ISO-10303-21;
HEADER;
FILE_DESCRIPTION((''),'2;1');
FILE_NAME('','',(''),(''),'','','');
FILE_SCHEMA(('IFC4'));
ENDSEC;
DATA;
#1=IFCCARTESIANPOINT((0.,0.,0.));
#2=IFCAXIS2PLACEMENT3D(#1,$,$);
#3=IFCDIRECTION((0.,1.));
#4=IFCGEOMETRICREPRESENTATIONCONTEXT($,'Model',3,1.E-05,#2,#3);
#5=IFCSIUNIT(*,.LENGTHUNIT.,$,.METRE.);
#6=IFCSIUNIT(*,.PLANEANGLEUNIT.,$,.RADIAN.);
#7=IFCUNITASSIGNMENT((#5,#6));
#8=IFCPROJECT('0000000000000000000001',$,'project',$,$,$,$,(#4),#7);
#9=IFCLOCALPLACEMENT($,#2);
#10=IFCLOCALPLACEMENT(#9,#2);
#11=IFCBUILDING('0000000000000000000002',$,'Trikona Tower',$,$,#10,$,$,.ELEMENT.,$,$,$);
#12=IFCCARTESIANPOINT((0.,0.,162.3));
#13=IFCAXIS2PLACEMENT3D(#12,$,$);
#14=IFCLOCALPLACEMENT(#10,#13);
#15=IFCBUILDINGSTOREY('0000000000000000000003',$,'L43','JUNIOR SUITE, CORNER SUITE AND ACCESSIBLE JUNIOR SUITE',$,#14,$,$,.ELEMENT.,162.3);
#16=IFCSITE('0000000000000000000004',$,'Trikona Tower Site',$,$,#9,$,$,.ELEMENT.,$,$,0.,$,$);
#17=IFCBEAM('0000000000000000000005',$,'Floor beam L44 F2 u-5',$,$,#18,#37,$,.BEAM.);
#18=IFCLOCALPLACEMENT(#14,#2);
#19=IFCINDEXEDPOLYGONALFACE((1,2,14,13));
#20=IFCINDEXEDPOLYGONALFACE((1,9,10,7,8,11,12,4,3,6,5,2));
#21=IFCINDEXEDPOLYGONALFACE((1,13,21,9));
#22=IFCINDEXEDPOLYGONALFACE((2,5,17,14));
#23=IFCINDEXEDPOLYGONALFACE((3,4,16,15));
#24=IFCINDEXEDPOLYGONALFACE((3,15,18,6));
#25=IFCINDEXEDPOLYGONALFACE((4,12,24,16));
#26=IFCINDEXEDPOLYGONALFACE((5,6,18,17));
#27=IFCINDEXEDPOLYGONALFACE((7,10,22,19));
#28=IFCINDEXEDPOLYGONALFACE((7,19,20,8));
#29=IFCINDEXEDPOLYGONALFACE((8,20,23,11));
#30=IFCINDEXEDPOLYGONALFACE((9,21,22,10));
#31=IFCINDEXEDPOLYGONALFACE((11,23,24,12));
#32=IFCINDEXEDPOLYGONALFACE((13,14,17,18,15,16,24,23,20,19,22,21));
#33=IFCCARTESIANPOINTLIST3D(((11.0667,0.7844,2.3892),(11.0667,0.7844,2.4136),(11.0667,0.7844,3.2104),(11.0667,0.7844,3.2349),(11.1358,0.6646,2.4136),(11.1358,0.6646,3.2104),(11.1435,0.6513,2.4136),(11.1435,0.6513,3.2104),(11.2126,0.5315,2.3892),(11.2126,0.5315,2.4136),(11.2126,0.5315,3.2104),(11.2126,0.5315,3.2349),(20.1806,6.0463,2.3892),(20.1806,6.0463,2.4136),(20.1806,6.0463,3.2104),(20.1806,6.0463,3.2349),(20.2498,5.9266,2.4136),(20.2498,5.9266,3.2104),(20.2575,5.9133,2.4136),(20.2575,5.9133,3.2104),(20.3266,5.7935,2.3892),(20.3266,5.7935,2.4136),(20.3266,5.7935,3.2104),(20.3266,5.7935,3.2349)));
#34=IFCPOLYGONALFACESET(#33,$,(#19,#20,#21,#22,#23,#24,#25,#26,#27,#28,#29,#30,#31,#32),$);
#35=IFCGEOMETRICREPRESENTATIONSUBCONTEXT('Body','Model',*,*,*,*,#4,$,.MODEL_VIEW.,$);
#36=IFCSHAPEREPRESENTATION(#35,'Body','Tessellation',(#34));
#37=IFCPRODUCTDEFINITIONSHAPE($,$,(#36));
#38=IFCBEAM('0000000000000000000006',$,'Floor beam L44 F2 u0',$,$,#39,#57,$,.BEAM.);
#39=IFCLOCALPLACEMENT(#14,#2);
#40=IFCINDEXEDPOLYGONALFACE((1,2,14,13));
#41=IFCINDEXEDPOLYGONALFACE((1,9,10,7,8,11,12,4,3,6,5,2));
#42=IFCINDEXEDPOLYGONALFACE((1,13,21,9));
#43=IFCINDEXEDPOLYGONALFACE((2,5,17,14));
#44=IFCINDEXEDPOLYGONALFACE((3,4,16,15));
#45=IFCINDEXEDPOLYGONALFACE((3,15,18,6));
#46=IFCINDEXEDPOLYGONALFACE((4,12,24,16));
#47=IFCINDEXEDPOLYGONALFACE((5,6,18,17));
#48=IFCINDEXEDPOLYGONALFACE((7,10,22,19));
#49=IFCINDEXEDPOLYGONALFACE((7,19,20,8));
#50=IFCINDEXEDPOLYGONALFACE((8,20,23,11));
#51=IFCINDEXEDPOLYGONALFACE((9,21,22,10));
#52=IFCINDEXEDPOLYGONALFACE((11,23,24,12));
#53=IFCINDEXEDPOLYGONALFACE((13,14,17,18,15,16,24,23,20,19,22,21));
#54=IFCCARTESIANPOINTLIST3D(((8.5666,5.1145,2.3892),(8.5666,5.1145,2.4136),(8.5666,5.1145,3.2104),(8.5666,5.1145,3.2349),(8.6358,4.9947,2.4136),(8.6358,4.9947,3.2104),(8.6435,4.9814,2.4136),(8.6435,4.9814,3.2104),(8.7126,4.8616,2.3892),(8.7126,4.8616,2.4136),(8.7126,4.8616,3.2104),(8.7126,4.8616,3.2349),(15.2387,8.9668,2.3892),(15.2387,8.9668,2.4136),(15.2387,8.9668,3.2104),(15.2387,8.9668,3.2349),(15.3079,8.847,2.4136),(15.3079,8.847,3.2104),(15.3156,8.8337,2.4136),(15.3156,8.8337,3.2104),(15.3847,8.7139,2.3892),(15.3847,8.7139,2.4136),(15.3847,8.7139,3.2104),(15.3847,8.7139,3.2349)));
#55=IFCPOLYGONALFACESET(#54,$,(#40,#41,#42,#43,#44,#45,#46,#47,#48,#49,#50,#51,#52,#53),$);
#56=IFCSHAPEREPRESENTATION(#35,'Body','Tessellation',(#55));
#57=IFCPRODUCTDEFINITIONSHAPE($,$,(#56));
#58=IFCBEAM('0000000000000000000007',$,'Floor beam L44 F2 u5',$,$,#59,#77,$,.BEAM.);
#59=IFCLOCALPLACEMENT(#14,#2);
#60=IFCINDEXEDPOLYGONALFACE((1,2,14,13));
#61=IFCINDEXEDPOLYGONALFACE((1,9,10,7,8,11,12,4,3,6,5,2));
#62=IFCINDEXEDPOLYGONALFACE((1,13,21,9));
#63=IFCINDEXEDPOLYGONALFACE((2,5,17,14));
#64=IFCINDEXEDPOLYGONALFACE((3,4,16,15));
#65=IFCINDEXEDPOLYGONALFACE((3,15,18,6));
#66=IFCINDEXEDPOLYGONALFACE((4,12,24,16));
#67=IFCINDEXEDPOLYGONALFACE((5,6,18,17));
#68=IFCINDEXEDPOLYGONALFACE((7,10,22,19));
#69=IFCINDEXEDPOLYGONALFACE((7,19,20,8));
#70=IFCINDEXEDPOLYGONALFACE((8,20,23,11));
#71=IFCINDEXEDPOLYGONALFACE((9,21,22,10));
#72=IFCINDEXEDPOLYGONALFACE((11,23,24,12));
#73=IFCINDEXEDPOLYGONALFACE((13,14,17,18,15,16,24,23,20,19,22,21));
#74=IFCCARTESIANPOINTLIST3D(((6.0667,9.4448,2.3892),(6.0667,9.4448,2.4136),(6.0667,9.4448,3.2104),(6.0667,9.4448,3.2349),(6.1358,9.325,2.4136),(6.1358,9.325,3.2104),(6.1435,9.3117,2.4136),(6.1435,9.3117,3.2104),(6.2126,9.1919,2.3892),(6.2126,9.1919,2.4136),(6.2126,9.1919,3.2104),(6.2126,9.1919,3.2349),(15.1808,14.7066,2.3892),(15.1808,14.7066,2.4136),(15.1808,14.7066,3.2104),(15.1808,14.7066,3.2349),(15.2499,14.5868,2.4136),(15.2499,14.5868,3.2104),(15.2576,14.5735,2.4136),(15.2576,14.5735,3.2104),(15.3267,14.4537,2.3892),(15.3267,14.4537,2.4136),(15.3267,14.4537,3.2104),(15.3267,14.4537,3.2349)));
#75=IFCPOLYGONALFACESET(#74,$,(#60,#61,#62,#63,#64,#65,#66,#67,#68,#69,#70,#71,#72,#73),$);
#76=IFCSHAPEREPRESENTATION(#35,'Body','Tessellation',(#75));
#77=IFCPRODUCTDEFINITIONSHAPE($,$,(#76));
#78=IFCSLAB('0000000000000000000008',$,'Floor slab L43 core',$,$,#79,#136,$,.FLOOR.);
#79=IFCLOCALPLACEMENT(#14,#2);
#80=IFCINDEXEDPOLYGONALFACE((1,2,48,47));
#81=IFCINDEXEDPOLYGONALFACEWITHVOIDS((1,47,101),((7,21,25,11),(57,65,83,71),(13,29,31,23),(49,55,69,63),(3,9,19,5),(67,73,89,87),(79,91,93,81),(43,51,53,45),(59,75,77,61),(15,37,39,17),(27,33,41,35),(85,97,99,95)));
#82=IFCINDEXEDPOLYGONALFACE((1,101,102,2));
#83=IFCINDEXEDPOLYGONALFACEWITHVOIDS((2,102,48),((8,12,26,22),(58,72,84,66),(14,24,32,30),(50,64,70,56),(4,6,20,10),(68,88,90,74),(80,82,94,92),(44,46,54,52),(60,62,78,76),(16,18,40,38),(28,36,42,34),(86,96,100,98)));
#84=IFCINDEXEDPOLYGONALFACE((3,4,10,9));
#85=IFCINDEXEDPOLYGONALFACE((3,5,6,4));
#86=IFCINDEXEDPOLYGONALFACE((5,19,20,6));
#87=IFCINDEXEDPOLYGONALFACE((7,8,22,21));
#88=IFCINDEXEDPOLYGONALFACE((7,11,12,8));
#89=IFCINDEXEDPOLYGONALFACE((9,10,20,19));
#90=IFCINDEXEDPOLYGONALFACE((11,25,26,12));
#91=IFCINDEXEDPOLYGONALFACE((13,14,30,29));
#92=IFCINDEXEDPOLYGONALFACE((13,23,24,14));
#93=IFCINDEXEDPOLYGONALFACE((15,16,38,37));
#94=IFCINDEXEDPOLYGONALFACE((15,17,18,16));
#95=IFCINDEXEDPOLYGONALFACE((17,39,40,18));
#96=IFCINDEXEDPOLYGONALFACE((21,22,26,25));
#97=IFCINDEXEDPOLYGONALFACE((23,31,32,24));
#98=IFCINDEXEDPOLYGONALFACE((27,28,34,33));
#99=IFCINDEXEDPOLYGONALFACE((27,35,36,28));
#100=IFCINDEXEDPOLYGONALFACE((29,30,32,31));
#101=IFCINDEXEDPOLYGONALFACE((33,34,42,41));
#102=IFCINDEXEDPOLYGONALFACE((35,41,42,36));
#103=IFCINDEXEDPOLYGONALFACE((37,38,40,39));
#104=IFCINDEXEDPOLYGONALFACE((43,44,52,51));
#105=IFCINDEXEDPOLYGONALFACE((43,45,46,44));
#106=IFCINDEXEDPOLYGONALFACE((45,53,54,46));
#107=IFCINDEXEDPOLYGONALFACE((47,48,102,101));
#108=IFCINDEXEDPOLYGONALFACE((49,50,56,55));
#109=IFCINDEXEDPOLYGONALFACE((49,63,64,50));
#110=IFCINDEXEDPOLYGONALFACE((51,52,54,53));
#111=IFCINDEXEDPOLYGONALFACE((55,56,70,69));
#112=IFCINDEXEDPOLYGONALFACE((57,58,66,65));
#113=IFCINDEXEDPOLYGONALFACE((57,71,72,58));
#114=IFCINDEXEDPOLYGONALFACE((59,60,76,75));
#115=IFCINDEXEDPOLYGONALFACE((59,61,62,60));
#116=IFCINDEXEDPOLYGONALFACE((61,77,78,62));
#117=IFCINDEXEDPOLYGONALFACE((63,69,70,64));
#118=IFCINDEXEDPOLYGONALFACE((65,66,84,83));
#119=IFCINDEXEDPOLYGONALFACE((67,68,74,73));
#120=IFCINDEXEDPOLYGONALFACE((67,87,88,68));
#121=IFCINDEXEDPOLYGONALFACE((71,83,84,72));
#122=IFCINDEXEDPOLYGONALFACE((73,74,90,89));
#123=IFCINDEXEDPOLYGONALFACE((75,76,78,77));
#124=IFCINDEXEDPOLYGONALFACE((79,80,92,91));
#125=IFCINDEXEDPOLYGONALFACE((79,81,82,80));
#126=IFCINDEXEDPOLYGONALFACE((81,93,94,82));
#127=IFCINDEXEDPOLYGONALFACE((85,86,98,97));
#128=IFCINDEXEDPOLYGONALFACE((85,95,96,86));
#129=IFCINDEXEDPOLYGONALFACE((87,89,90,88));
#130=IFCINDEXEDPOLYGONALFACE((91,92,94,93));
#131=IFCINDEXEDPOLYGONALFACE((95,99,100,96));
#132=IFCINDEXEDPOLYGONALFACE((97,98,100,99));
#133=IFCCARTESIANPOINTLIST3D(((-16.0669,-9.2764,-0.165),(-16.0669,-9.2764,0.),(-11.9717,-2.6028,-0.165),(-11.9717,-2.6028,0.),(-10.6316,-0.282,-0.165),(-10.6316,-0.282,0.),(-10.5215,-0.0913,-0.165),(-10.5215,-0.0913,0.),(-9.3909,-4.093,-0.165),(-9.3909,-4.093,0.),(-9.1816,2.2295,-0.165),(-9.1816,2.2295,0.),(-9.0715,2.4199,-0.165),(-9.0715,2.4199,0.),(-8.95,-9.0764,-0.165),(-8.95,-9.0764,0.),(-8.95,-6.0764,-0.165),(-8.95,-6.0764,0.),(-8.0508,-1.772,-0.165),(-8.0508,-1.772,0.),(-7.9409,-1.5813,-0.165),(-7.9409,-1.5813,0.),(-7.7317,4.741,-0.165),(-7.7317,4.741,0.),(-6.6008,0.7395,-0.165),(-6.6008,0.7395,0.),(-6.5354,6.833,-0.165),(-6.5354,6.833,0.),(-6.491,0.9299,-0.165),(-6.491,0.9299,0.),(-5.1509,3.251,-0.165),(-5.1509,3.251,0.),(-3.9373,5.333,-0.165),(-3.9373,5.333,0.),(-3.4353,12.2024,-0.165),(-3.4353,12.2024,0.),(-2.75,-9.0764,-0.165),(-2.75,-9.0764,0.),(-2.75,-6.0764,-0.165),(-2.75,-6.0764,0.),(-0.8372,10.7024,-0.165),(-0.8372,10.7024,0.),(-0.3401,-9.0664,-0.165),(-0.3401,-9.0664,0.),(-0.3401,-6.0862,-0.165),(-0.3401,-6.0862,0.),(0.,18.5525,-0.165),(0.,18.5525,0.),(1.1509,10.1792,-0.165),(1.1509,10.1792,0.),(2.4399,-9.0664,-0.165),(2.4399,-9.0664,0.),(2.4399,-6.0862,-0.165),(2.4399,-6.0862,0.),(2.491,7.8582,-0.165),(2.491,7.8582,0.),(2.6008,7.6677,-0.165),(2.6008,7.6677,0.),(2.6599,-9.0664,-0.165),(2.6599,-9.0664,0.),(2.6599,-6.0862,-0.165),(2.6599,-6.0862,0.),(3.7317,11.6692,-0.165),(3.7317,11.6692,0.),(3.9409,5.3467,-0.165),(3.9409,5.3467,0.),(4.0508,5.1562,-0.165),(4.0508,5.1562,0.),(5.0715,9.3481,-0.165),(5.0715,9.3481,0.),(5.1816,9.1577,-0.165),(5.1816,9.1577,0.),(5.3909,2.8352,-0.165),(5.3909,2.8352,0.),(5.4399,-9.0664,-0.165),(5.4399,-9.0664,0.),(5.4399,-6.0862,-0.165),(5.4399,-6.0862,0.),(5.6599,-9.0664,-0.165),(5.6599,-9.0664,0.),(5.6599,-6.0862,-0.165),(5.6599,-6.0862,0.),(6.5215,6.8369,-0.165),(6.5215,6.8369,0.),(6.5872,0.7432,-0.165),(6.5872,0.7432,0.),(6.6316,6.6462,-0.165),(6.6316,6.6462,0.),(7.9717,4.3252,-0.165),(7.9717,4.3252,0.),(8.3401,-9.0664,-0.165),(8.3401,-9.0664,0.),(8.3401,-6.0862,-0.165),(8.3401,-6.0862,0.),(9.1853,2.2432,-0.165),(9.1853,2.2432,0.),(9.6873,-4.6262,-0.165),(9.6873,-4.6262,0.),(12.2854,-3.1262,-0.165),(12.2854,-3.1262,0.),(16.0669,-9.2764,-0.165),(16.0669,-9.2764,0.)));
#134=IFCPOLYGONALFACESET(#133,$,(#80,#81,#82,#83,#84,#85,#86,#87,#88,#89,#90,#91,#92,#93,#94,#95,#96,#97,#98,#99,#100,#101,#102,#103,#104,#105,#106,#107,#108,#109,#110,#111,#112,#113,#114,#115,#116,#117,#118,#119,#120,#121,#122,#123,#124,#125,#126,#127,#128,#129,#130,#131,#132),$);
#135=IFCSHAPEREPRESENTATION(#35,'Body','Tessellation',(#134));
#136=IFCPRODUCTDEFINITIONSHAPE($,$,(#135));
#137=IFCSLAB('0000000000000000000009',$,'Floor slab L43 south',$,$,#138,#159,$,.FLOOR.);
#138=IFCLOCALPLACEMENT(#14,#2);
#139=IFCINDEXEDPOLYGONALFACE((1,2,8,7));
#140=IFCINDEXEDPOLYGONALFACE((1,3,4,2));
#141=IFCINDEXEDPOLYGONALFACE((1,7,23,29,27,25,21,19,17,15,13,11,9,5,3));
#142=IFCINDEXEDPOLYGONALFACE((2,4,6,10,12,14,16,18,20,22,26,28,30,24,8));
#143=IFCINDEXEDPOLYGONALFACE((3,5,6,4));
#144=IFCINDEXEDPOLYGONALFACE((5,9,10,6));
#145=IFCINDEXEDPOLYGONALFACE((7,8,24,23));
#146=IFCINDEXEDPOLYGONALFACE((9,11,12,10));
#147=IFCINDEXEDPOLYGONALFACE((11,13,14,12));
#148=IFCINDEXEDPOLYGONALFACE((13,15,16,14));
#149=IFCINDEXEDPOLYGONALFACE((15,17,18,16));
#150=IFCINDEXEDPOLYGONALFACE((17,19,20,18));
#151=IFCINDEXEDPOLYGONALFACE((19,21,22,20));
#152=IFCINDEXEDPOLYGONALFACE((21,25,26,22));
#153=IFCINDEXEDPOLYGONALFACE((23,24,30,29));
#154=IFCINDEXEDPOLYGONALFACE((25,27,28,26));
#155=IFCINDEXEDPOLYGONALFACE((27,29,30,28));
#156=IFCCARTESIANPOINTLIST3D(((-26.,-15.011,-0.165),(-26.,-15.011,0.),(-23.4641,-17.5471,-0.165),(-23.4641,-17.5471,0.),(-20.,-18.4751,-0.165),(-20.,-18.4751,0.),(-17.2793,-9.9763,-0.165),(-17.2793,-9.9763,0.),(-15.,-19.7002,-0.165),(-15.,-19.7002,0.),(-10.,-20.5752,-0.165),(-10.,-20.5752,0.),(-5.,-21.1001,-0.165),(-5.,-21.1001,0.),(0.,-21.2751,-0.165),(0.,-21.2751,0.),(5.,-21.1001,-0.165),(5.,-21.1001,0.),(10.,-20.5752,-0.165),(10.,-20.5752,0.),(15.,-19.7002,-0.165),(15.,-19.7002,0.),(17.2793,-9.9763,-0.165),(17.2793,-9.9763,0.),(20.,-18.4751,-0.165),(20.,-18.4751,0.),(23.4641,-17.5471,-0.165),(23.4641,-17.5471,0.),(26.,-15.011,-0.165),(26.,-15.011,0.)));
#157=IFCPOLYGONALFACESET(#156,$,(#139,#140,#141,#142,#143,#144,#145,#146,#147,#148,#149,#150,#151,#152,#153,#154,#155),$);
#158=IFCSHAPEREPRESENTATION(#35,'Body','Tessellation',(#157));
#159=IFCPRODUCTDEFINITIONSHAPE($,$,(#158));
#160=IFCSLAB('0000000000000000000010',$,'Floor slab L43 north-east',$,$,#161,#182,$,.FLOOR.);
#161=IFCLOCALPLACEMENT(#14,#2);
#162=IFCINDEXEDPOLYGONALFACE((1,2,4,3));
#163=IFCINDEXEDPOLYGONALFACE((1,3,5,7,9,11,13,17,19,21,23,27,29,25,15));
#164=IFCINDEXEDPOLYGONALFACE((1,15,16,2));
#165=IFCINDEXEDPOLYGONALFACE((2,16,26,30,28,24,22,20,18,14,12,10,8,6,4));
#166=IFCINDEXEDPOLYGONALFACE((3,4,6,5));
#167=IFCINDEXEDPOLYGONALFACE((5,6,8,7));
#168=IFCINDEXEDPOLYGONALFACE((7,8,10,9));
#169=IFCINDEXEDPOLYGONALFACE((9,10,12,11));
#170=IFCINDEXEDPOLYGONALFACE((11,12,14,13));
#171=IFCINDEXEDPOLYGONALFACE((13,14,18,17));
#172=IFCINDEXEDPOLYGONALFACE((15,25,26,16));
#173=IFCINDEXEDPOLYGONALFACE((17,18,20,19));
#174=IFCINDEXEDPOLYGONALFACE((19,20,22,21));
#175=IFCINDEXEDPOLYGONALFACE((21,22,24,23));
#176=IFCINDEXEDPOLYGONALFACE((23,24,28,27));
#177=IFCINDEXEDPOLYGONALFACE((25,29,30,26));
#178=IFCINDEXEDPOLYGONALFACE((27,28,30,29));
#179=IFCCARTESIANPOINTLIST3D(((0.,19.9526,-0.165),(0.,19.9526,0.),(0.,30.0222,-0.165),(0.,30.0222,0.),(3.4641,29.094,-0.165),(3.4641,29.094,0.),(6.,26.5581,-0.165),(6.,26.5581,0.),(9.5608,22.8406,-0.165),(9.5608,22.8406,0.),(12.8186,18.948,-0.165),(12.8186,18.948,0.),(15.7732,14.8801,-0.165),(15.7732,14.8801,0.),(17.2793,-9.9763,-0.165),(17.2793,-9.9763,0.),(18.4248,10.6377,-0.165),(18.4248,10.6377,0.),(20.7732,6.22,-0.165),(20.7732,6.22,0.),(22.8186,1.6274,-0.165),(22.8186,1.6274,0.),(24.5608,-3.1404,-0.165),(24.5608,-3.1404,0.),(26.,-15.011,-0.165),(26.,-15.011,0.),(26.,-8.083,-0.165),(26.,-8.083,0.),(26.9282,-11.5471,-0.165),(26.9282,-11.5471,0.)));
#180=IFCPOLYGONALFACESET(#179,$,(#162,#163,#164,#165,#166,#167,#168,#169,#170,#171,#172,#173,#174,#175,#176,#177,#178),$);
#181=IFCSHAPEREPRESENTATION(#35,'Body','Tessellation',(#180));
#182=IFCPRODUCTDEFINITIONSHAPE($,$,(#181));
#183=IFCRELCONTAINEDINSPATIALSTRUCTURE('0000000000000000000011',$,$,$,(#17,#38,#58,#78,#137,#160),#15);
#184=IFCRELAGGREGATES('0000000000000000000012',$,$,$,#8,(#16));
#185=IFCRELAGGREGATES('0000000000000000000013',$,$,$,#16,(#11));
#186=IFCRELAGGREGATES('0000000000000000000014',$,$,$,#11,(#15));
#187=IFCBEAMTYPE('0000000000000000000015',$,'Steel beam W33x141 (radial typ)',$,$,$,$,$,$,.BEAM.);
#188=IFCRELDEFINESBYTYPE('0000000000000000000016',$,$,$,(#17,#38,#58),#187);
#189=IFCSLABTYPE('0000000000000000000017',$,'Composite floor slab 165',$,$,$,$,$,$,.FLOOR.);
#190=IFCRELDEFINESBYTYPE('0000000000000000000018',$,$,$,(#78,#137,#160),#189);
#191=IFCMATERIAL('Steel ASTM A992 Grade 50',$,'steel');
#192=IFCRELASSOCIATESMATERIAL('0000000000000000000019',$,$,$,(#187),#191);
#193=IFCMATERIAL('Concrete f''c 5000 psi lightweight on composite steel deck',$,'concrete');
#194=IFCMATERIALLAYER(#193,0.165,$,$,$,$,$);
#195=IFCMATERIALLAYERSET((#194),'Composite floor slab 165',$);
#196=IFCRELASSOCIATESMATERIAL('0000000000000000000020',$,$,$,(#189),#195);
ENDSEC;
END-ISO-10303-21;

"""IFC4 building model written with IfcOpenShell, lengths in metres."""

from ifc_helpers import new_model, si_unit, direction, frame, origin, origin_2d, place, context, subcontext, project, spatial, polyline, i_section, outline, extrude, material, layer, layer_set, material_profile, profile_set, type_object, element, save


model = new_model("IFC4")

# Units and contexts
model_context = context("Model", 3, precision=1e-05, world=origin(), true_north=direction((0.0, 1.0)))
body_context = subcontext(model_context, "Body", "Model", "MODEL_VIEW")
ifc_project = project(units=[si_unit("LENGTHUNIT", "METRE"), si_unit("PLANEANGLEUNIT", "RADIAN")], contexts=[model_context])

# Site, building, storey
site_placement = place(None, origin())
site = spatial("IfcSite", under=ifc_project, at=site_placement, Name="Trikona Tower Site", CompositionType="ELEMENT", RefElevation=0.0)
building_placement = place(site_placement, origin())
building = spatial("IfcBuilding", under=site, at=building_placement, Name="Trikona Tower", CompositionType="ELEMENT")
storey_placement = place(building_placement, frame((0.0, 0.0, 162.3)))
storey = spatial("IfcBuildingStorey", under=building, at=storey_placement, Name="L43", Description="JUNIOR SUITE, CORNER SUITE AND ACCESSIBLE JUNIOR SUITE", CompositionType="ELEMENT", Elevation=162.3)

# Beams
ifc_material_1 = material(Name="Steel ASTM A992 Grade 50", Category="steel")
ifc_material_profile = material_profile(ifc_material_1, i_section(OverallWidth=0.292, OverallDepth=0.8457, WebThickness=0.0154, FlangeThickness=0.0244, at=origin_2d()), Name="W33X141")
ifc_profile_set = profile_set([ifc_material_profile], Name="Steel ASTM A992 Grade 50")
beam_type = type_object("IfcBeamType", Name="Steel beam W33x141 (radial typ)", PredefinedType="BEAM", material=ifc_profile_set)
beam_1_placement = place(storey_placement, frame((11.1396, 0.658, 2.812), z_axis=(0.866026, 0.499999, 0.0), x_axis=(-0.499999, 0.866026, 0.0)))
element("IfcBeam", 1, at=beam_1_placement, inside=storey, type_object=beam_type, Name="Floor beam L44 F2 u-5", PredefinedType="BEAM", context=body_context, shape_type="SweptSolid", body=[
    extrude(i_section(OverallWidth=0.292, OverallDepth=0.8457, WebThickness=0.0154, FlangeThickness=0.0244, at=origin_2d()), origin(), (0.0, 0.0, 1.0), 10.5239),
])
beam_2_placement = place(storey_placement, frame((8.6396, 4.988, 2.812), z_axis=(0.866017, 0.500014, 0.0), x_axis=(-0.500014, 0.866017, 0.0)))
element("IfcBeam", 2, at=beam_2_placement, inside=storey, type_object=beam_type, Name="Floor beam L44 F2 u0", PredefinedType="BEAM", context=body_context, shape_type="SweptSolid", body=[
    extrude(i_section(OverallWidth=0.292, OverallDepth=0.8457, WebThickness=0.0154, FlangeThickness=0.0244, at=origin_2d()), origin(), (0.0, 0.0, 1.0), 7.7043),
])
beam_3_placement = place(storey_placement, frame((6.1396, 9.3184, 2.812), z_axis=(0.866036, 0.499982, 0.0), x_axis=(-0.499982, 0.866036, 0.0)))
element("IfcBeam", 3, at=beam_3_placement, inside=storey, type_object=beam_type, Name="Floor beam L44 F2 u5", PredefinedType="BEAM", context=body_context, shape_type="SweptSolid", body=[
    extrude(i_section(OverallWidth=0.292, OverallDepth=0.8457, WebThickness=0.0154, FlangeThickness=0.0244, at=origin_2d()), origin(), (0.0, 0.0, 1.0), 10.5239),
])

# Slabs
ifc_material_2 = material(Name="Concrete f'c 5000 psi lightweight on composite steel deck", Category="concrete")
ifc_layer_1 = layer(ifc_material_2, 0.165)
ifc_layer_set_1 = layer_set([ifc_layer_1], Name="Composite floor slab 165")
slab_type_1 = type_object("IfcSlabType", Name="Composite floor slab 165", PredefinedType="FLOOR", material=ifc_layer_set_1)
slab_1_placement = place(storey_placement, frame((0.0, 0.0, -0.165)))
element("IfcSlab", 4, at=slab_1_placement, inside=storey, type_object=slab_type_1, Name="Floor slab L43 core", PredefinedType="FLOOR", context=body_context, shape_type="SweptSolid", body=[
    extrude(outline(polyline([(-16.0669, -9.2764), (16.0669, -9.2764), (0.0, 18.5525), (-16.0669, -9.2764)]), holes=[polyline([(12.2854, -3.1262), (9.1853, 2.2432), (6.5872, 0.7432), (9.6873, -4.6262), (12.2854, -3.1262)]), polyline([(8.3401, -9.0664), (8.3401, -6.0862), (5.6599, -6.0862), (5.6599, -9.0664), (8.3401, -9.0664)]), polyline([(5.3909, 2.8352), (7.9717, 4.3252), (6.6316, 6.6462), (4.0508, 5.1562), (5.3909, 2.8352)]), polyline([(2.6008, 7.6677), (3.9409, 5.3467), (6.5215, 6.8369), (5.1816, 9.1577), (2.6008, 7.6677)]), polyline([(5.4399, -6.0862), (2.6599, -6.0862), (2.6599, -9.0664), (5.4399, -9.0664), (5.4399, -6.0862)]), polyline([(3.7317, 11.6692), (1.1509, 10.1792), (2.491, 7.8582), (5.0715, 9.3481), (3.7317, 11.6692)]), polyline([(-0.3401, -6.0862), (-0.3401, -9.0664), (2.4399, -9.0664), (2.4399, -6.0862), (-0.3401, -6.0862)]), polyline([(-3.4353, 12.2024), (-6.5354, 6.833), (-3.9373, 5.333), (-0.8372, 10.7024), (-3.4353, 12.2024)]), polyline([(-8.95, -9.0764), (-2.75, -9.0764), (-2.75, -6.0764), (-8.95, -6.0764), (-8.95, -9.0764)]), polyline([(-5.1509, 3.251), (-7.7317, 4.741), (-9.0715, 2.4199), (-6.491, 0.9299), (-5.1509, 3.251)]), polyline([(-7.9409, -1.5813), (-6.6008, 0.7395), (-9.1816, 2.2295), (-10.5215, -0.0913), (-7.9409, -1.5813)]), polyline([(-11.9717, -2.6028), (-9.3909, -4.093), (-8.0508, -1.772), (-10.6316, -0.282), (-11.9717, -2.6028)])]), origin(), (0.0, 0.0, 1.0), 0.165),
])
slab_2_placement = place(storey_placement, frame((0.0, 0.0, -0.165)))
element("IfcSlab", 5, at=slab_2_placement, inside=storey, type_object=slab_type_1, Name="Floor slab L43 south", PredefinedType="FLOOR", context=body_context, shape_type="SweptSolid", body=[
    extrude(outline(polyline([(23.4641, -17.5471), (26.0, -15.011), (17.2793, -9.9763), (-17.2793, -9.9763), (-26.0, -15.011), (-23.4641, -17.5471), (-20.0, -18.4751), (-15.0, -19.7002), (-10.0, -20.5752), (-5.0, -21.1001), (0.0, -21.2751), (5.0, -21.1001), (10.0, -20.5752), (15.0, -19.7002), (20.0, -18.4751), (23.4641, -17.5471)])), origin(), (0.0, 0.0, 1.0), 0.165),
])
slab_3_placement = place(storey_placement, frame((0.0, 0.0, -0.165)))
element("IfcSlab", 6, at=slab_3_placement, inside=storey, type_object=slab_type_1, Name="Floor slab L43 north-east", PredefinedType="FLOOR", context=body_context, shape_type="SweptSolid", body=[
    extrude(outline(polyline([(3.4641, 29.094), (0.0, 30.0222), (0.0, 19.9526), (17.2793, -9.9763), (26.0, -15.011), (26.9282, -11.5471), (26.0, -8.083), (24.5608, -3.1404), (22.8186, 1.6274), (20.7732, 6.22), (18.4248, 10.6377), (15.7732, 14.8801), (12.8186, 18.948), (9.5608, 22.8406), (6.0, 26.5581), (3.4641, 29.094)])), origin(), (0.0, 0.0, 1.0), 0.165),
])

save(model, "model.ifc")
